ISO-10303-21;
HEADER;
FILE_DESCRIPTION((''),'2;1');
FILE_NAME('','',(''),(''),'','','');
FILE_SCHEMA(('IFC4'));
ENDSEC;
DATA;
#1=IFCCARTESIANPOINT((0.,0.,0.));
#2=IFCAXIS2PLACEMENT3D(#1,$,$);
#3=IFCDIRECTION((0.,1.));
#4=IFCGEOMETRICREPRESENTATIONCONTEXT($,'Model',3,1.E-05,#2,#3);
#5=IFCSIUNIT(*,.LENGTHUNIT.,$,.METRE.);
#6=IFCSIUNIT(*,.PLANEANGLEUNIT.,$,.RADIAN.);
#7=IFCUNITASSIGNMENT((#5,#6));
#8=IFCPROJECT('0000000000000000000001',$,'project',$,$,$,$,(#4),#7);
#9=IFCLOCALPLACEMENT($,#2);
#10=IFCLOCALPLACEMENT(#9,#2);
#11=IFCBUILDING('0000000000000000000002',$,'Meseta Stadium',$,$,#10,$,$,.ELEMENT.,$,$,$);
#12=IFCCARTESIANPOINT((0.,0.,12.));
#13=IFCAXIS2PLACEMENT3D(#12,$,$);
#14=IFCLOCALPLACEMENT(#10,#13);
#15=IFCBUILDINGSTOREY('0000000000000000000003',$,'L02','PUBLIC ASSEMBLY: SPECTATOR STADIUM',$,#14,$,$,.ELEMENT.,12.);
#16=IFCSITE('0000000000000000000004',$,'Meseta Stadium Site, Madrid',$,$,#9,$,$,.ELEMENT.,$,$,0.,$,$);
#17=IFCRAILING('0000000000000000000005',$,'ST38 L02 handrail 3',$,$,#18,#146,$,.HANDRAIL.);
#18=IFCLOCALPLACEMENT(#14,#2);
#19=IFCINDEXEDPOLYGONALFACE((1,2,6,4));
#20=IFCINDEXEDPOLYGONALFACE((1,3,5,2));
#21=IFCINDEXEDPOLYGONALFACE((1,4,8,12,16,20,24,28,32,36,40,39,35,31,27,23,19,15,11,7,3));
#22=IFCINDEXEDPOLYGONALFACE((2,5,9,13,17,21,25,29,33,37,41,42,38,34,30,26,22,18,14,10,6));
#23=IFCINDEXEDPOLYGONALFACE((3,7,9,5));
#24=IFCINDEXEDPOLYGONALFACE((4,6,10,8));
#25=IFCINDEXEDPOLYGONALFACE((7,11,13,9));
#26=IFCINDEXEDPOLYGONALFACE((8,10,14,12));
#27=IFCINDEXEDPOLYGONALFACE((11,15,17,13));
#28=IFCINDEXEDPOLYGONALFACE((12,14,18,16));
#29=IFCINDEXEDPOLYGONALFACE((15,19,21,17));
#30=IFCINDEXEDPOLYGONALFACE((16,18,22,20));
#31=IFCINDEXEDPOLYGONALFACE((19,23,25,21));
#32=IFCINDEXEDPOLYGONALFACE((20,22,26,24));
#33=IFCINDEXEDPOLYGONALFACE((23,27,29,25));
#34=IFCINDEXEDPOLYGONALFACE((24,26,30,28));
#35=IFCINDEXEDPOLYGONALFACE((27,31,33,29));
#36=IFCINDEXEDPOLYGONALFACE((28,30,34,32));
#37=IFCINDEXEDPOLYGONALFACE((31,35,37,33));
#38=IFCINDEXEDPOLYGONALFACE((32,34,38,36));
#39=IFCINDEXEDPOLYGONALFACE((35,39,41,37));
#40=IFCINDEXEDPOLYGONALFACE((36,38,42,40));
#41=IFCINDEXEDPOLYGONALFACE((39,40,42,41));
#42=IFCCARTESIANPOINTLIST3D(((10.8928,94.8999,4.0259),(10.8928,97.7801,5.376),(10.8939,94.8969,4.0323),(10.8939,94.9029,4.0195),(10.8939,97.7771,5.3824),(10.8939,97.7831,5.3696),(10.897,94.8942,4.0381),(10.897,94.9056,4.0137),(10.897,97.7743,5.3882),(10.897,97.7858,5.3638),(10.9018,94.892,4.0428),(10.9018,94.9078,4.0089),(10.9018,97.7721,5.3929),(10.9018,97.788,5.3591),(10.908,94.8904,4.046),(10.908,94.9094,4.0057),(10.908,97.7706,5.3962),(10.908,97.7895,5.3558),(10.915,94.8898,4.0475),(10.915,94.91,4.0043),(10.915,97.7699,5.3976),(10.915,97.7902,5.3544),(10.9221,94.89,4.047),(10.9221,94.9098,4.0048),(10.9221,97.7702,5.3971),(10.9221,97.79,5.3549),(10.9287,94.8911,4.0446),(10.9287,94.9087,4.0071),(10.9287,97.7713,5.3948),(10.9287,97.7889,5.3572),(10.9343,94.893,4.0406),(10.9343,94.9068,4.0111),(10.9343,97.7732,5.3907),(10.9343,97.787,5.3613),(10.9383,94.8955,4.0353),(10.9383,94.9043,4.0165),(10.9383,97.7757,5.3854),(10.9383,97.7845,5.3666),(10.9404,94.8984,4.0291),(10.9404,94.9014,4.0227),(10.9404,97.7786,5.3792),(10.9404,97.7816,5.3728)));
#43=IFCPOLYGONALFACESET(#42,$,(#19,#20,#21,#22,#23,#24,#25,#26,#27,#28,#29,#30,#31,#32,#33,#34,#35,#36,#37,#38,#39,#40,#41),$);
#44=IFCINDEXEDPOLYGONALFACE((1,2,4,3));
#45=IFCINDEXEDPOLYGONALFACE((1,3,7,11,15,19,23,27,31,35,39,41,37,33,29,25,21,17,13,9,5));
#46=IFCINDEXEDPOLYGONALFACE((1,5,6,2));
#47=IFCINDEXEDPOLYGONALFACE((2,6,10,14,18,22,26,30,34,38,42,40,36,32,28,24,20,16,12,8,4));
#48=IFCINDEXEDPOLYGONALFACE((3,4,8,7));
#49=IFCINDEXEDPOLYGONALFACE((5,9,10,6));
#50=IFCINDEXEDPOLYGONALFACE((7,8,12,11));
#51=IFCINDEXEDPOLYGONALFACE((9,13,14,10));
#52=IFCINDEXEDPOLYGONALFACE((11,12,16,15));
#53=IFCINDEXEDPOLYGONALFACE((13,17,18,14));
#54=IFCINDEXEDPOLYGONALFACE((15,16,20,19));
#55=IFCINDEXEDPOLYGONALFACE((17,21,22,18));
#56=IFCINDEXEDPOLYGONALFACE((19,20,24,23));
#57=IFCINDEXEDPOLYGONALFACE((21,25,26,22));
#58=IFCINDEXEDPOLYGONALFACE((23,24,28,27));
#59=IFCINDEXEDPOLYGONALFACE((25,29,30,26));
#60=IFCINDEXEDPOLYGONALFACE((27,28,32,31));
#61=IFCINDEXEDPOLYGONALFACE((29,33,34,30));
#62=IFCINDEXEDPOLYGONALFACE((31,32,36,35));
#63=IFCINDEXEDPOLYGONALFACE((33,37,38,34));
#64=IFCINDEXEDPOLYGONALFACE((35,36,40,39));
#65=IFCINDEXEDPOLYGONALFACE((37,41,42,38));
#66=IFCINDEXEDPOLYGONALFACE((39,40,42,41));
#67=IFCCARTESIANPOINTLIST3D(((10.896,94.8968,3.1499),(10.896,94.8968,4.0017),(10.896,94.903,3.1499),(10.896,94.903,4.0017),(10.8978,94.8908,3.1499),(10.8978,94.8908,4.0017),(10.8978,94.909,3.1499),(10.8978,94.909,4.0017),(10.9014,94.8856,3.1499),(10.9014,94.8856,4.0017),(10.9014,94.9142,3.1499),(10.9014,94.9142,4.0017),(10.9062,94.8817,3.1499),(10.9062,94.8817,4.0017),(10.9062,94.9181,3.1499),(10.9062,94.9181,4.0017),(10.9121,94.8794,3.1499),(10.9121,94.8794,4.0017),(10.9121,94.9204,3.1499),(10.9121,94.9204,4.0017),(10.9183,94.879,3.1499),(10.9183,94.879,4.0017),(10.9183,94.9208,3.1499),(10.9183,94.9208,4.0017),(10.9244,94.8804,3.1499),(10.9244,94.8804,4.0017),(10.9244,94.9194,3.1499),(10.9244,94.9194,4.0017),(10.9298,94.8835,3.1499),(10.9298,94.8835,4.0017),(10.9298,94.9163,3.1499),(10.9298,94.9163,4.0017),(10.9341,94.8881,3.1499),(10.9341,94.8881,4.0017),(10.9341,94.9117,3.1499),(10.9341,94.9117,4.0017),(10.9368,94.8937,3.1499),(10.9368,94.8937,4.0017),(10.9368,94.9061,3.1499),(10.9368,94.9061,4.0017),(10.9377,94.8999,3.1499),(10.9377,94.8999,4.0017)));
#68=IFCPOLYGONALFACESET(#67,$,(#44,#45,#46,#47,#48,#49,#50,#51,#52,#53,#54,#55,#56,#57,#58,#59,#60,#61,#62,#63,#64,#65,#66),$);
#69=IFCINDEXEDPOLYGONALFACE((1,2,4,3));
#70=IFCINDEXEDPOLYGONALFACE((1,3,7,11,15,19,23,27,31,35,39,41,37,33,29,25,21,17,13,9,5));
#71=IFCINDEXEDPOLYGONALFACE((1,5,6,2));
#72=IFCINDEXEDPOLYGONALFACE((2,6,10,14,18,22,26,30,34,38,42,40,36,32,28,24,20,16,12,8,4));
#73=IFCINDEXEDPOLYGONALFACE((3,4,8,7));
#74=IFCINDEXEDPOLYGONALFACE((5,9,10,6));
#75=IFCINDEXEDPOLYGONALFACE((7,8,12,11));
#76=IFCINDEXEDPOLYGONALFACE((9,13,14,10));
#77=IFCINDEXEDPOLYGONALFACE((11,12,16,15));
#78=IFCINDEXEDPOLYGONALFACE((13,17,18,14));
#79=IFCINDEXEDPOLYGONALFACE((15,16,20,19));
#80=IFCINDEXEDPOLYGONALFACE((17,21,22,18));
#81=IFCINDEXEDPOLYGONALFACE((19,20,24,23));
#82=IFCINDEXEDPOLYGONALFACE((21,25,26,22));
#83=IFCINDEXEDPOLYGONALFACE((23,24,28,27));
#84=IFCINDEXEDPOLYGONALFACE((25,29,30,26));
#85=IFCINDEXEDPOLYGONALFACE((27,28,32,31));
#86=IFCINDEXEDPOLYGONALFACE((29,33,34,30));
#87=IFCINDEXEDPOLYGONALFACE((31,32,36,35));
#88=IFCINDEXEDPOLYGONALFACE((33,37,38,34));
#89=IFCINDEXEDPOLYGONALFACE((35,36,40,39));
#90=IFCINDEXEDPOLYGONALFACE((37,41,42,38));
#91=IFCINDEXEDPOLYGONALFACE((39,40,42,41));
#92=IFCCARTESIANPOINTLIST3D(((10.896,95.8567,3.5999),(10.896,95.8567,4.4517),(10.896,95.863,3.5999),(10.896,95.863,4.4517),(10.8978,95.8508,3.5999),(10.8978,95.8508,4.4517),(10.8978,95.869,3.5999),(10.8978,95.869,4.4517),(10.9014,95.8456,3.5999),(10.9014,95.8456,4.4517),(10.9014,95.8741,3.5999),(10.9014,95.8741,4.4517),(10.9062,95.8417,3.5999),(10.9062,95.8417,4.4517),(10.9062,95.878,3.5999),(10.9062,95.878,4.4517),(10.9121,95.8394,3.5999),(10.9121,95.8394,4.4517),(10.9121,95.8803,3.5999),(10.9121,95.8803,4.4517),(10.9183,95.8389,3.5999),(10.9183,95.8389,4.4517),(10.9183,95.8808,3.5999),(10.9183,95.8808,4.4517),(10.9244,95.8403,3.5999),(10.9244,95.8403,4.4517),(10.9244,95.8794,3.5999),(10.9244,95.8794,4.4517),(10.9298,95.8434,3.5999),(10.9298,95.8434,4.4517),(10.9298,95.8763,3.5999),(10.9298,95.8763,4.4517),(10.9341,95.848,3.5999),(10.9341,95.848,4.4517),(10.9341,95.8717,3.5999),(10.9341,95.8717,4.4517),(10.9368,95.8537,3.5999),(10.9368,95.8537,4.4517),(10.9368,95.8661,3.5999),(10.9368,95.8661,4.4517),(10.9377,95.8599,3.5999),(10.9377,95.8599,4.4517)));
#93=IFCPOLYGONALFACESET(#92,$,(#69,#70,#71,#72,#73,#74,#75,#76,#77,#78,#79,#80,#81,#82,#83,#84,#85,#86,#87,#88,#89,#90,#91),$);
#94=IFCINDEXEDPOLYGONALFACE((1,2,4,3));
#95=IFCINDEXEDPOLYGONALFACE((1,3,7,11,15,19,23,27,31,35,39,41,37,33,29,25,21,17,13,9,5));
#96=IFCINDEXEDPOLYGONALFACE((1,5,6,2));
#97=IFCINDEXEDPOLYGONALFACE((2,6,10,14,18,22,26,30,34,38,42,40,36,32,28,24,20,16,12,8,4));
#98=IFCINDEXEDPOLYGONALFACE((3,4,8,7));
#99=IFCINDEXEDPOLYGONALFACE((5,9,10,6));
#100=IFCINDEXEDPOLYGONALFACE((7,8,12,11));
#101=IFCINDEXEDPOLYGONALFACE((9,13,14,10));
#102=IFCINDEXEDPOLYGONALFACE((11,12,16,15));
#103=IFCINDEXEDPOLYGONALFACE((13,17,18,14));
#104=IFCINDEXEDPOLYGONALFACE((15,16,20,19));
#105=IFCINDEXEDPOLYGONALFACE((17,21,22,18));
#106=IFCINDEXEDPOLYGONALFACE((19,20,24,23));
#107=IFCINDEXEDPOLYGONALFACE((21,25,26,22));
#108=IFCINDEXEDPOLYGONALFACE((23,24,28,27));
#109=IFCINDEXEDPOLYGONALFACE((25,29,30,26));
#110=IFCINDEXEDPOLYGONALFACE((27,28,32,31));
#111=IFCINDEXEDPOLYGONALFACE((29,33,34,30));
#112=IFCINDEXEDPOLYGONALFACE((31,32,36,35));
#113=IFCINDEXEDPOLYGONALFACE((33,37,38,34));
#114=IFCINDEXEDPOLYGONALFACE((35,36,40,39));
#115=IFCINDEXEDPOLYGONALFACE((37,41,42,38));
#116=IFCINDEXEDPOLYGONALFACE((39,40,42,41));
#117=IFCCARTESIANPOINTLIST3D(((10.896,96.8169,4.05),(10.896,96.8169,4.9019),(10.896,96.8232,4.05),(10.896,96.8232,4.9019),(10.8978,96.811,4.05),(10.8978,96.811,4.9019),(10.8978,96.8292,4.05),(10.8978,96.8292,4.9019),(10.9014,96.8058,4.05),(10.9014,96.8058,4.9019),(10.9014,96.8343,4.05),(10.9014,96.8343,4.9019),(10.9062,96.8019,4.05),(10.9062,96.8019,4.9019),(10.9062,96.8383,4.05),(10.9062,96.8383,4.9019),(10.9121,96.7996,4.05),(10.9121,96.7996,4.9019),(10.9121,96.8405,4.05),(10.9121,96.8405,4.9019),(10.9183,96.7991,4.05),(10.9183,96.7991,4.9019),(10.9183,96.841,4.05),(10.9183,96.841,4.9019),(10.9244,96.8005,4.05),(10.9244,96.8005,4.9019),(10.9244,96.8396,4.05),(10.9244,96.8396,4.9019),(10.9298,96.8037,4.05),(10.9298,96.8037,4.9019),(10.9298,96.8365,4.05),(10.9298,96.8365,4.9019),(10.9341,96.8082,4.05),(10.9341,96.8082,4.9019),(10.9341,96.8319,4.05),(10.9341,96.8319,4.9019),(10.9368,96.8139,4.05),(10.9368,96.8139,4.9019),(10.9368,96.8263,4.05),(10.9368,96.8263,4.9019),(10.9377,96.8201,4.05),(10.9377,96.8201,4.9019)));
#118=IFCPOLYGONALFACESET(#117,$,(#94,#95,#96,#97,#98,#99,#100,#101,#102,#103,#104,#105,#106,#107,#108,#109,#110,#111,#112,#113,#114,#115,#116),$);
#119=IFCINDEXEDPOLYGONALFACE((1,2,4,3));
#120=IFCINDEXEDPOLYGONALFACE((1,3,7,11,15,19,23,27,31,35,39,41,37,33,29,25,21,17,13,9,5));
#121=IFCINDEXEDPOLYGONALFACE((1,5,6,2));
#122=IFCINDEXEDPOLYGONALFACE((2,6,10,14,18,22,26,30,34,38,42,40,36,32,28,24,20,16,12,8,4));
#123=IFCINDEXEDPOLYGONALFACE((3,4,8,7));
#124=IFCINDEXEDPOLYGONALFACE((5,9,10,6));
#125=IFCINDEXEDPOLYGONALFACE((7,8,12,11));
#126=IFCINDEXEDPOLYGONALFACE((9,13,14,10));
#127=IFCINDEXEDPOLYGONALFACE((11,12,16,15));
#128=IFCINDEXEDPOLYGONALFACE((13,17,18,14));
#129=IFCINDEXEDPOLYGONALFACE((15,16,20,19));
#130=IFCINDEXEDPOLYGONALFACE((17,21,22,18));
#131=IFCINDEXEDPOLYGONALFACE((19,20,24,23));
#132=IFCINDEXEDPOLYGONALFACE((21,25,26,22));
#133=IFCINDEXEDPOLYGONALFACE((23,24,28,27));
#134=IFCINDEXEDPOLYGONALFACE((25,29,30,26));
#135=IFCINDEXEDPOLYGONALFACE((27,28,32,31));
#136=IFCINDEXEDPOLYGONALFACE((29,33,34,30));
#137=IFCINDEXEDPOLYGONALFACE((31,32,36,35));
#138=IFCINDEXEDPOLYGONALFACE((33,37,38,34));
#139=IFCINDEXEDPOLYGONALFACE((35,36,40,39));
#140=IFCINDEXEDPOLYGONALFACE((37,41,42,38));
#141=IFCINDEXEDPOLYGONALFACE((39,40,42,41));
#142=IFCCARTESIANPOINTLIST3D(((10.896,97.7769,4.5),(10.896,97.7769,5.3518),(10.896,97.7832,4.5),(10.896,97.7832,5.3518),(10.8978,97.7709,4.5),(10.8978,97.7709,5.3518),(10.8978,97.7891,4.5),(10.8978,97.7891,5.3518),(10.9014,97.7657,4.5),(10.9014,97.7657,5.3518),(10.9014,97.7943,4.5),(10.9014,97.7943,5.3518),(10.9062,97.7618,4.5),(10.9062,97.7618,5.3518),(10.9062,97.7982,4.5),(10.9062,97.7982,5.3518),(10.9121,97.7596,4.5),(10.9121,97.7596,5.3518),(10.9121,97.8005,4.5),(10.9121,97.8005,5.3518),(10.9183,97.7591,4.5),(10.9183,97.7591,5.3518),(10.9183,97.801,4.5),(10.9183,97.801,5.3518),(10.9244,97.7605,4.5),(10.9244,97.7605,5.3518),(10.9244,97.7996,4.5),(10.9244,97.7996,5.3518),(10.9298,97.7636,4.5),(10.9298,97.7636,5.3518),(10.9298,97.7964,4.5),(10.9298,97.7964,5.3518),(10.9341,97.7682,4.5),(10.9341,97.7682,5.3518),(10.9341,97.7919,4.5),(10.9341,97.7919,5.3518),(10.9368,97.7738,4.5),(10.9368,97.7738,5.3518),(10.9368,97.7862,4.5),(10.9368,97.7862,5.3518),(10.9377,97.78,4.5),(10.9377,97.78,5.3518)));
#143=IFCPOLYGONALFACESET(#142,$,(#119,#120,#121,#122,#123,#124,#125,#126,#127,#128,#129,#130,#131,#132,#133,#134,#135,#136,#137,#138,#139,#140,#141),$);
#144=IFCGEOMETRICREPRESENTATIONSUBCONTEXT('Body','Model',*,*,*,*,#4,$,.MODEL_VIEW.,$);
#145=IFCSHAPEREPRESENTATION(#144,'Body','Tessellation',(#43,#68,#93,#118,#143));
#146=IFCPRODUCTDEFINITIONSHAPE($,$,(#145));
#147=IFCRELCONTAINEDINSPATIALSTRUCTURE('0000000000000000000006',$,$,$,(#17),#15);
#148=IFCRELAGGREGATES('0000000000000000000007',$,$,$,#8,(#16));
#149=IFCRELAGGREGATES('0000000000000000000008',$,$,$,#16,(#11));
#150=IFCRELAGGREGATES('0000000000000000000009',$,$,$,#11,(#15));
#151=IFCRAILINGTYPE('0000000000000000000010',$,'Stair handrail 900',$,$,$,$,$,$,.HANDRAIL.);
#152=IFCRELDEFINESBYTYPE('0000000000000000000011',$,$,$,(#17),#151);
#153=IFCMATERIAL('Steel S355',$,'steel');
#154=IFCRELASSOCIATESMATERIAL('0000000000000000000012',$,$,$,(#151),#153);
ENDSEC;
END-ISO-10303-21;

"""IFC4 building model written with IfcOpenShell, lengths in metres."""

from ifc_helpers import new_model, si_unit, direction, frame, origin, origin_2d, place, context, subcontext, project, spatial, circle, extrude, material, type_object, element, save


model = new_model("IFC4")

# Units and contexts
model_context = context("Model", 3, precision=1e-05, world=origin(), true_north=direction((0.0, 1.0)))
body_context = subcontext(model_context, "Body", "Model", "MODEL_VIEW")
ifc_project = project(units=[si_unit("LENGTHUNIT", "METRE"), si_unit("PLANEANGLEUNIT", "RADIAN")], contexts=[model_context])

# Site, building, storey
site_placement = place(None, origin())
site = spatial("IfcSite", under=ifc_project, at=site_placement, Name="Meseta Stadium Site, Madrid", CompositionType="ELEMENT", RefElevation=0.0)
building_placement = place(site_placement, origin())
building = spatial("IfcBuilding", under=site, at=building_placement, Name="Meseta Stadium", CompositionType="ELEMENT")
storey_placement = place(building_placement, frame((0.0, 0.0, 12.0)))
storey = spatial("IfcBuildingStorey", under=building, at=storey_placement, Name="L02", Description="PUBLIC ASSEMBLY: SPECTATOR STADIUM", CompositionType="ELEMENT", Elevation=12.0)

# Railing
ifc_material_1 = material(Name="Steel S355", Category="steel")
railing_type_1 = type_object("IfcRailingType", Name="Stair handrail 900", PredefinedType="HANDRAIL", material=ifc_material_1)
for number, where, name in (
    (1, (10.9167, 94.8999, 3.1499), "ST38 L02 handrail 3"),
):
    element("IfcRailing", number, at=place(storey_placement, frame(where)), inside=storey, type_object=railing_type_1, Name=name, PredefinedType="HANDRAIL", context=body_context, shape_type="SweptSolid", body=[
        extrude(circle(Radius=0.0239, at=origin_2d()), frame((0.0, 0.0, 0.876), z_axis=(0.0, 0.905454, 0.424444), x_axis=(-1.0, 0.0, 0.0)), (0.0, 0.0, 1.0), 3.1809),
        extrude(circle(Radius=0.021, at=origin_2d()), origin(), (0.0, 0.0, 1.0), 0.8518),
        extrude(circle(Radius=0.021, at=origin_2d()), frame((0.0, 0.96, 0.45)), (0.0, 0.0, 1.0), 0.8518),
        extrude(circle(Radius=0.021, at=origin_2d()), frame((0.0, 1.9202, 0.9001)), (0.0, 0.0, 1.0), 0.8518),
        extrude(circle(Radius=0.021, at=origin_2d()), frame((0.0, 2.8801, 1.3501)), (0.0, 0.0, 1.0), 0.8518),
    ])

save(model, "model.ifc")
